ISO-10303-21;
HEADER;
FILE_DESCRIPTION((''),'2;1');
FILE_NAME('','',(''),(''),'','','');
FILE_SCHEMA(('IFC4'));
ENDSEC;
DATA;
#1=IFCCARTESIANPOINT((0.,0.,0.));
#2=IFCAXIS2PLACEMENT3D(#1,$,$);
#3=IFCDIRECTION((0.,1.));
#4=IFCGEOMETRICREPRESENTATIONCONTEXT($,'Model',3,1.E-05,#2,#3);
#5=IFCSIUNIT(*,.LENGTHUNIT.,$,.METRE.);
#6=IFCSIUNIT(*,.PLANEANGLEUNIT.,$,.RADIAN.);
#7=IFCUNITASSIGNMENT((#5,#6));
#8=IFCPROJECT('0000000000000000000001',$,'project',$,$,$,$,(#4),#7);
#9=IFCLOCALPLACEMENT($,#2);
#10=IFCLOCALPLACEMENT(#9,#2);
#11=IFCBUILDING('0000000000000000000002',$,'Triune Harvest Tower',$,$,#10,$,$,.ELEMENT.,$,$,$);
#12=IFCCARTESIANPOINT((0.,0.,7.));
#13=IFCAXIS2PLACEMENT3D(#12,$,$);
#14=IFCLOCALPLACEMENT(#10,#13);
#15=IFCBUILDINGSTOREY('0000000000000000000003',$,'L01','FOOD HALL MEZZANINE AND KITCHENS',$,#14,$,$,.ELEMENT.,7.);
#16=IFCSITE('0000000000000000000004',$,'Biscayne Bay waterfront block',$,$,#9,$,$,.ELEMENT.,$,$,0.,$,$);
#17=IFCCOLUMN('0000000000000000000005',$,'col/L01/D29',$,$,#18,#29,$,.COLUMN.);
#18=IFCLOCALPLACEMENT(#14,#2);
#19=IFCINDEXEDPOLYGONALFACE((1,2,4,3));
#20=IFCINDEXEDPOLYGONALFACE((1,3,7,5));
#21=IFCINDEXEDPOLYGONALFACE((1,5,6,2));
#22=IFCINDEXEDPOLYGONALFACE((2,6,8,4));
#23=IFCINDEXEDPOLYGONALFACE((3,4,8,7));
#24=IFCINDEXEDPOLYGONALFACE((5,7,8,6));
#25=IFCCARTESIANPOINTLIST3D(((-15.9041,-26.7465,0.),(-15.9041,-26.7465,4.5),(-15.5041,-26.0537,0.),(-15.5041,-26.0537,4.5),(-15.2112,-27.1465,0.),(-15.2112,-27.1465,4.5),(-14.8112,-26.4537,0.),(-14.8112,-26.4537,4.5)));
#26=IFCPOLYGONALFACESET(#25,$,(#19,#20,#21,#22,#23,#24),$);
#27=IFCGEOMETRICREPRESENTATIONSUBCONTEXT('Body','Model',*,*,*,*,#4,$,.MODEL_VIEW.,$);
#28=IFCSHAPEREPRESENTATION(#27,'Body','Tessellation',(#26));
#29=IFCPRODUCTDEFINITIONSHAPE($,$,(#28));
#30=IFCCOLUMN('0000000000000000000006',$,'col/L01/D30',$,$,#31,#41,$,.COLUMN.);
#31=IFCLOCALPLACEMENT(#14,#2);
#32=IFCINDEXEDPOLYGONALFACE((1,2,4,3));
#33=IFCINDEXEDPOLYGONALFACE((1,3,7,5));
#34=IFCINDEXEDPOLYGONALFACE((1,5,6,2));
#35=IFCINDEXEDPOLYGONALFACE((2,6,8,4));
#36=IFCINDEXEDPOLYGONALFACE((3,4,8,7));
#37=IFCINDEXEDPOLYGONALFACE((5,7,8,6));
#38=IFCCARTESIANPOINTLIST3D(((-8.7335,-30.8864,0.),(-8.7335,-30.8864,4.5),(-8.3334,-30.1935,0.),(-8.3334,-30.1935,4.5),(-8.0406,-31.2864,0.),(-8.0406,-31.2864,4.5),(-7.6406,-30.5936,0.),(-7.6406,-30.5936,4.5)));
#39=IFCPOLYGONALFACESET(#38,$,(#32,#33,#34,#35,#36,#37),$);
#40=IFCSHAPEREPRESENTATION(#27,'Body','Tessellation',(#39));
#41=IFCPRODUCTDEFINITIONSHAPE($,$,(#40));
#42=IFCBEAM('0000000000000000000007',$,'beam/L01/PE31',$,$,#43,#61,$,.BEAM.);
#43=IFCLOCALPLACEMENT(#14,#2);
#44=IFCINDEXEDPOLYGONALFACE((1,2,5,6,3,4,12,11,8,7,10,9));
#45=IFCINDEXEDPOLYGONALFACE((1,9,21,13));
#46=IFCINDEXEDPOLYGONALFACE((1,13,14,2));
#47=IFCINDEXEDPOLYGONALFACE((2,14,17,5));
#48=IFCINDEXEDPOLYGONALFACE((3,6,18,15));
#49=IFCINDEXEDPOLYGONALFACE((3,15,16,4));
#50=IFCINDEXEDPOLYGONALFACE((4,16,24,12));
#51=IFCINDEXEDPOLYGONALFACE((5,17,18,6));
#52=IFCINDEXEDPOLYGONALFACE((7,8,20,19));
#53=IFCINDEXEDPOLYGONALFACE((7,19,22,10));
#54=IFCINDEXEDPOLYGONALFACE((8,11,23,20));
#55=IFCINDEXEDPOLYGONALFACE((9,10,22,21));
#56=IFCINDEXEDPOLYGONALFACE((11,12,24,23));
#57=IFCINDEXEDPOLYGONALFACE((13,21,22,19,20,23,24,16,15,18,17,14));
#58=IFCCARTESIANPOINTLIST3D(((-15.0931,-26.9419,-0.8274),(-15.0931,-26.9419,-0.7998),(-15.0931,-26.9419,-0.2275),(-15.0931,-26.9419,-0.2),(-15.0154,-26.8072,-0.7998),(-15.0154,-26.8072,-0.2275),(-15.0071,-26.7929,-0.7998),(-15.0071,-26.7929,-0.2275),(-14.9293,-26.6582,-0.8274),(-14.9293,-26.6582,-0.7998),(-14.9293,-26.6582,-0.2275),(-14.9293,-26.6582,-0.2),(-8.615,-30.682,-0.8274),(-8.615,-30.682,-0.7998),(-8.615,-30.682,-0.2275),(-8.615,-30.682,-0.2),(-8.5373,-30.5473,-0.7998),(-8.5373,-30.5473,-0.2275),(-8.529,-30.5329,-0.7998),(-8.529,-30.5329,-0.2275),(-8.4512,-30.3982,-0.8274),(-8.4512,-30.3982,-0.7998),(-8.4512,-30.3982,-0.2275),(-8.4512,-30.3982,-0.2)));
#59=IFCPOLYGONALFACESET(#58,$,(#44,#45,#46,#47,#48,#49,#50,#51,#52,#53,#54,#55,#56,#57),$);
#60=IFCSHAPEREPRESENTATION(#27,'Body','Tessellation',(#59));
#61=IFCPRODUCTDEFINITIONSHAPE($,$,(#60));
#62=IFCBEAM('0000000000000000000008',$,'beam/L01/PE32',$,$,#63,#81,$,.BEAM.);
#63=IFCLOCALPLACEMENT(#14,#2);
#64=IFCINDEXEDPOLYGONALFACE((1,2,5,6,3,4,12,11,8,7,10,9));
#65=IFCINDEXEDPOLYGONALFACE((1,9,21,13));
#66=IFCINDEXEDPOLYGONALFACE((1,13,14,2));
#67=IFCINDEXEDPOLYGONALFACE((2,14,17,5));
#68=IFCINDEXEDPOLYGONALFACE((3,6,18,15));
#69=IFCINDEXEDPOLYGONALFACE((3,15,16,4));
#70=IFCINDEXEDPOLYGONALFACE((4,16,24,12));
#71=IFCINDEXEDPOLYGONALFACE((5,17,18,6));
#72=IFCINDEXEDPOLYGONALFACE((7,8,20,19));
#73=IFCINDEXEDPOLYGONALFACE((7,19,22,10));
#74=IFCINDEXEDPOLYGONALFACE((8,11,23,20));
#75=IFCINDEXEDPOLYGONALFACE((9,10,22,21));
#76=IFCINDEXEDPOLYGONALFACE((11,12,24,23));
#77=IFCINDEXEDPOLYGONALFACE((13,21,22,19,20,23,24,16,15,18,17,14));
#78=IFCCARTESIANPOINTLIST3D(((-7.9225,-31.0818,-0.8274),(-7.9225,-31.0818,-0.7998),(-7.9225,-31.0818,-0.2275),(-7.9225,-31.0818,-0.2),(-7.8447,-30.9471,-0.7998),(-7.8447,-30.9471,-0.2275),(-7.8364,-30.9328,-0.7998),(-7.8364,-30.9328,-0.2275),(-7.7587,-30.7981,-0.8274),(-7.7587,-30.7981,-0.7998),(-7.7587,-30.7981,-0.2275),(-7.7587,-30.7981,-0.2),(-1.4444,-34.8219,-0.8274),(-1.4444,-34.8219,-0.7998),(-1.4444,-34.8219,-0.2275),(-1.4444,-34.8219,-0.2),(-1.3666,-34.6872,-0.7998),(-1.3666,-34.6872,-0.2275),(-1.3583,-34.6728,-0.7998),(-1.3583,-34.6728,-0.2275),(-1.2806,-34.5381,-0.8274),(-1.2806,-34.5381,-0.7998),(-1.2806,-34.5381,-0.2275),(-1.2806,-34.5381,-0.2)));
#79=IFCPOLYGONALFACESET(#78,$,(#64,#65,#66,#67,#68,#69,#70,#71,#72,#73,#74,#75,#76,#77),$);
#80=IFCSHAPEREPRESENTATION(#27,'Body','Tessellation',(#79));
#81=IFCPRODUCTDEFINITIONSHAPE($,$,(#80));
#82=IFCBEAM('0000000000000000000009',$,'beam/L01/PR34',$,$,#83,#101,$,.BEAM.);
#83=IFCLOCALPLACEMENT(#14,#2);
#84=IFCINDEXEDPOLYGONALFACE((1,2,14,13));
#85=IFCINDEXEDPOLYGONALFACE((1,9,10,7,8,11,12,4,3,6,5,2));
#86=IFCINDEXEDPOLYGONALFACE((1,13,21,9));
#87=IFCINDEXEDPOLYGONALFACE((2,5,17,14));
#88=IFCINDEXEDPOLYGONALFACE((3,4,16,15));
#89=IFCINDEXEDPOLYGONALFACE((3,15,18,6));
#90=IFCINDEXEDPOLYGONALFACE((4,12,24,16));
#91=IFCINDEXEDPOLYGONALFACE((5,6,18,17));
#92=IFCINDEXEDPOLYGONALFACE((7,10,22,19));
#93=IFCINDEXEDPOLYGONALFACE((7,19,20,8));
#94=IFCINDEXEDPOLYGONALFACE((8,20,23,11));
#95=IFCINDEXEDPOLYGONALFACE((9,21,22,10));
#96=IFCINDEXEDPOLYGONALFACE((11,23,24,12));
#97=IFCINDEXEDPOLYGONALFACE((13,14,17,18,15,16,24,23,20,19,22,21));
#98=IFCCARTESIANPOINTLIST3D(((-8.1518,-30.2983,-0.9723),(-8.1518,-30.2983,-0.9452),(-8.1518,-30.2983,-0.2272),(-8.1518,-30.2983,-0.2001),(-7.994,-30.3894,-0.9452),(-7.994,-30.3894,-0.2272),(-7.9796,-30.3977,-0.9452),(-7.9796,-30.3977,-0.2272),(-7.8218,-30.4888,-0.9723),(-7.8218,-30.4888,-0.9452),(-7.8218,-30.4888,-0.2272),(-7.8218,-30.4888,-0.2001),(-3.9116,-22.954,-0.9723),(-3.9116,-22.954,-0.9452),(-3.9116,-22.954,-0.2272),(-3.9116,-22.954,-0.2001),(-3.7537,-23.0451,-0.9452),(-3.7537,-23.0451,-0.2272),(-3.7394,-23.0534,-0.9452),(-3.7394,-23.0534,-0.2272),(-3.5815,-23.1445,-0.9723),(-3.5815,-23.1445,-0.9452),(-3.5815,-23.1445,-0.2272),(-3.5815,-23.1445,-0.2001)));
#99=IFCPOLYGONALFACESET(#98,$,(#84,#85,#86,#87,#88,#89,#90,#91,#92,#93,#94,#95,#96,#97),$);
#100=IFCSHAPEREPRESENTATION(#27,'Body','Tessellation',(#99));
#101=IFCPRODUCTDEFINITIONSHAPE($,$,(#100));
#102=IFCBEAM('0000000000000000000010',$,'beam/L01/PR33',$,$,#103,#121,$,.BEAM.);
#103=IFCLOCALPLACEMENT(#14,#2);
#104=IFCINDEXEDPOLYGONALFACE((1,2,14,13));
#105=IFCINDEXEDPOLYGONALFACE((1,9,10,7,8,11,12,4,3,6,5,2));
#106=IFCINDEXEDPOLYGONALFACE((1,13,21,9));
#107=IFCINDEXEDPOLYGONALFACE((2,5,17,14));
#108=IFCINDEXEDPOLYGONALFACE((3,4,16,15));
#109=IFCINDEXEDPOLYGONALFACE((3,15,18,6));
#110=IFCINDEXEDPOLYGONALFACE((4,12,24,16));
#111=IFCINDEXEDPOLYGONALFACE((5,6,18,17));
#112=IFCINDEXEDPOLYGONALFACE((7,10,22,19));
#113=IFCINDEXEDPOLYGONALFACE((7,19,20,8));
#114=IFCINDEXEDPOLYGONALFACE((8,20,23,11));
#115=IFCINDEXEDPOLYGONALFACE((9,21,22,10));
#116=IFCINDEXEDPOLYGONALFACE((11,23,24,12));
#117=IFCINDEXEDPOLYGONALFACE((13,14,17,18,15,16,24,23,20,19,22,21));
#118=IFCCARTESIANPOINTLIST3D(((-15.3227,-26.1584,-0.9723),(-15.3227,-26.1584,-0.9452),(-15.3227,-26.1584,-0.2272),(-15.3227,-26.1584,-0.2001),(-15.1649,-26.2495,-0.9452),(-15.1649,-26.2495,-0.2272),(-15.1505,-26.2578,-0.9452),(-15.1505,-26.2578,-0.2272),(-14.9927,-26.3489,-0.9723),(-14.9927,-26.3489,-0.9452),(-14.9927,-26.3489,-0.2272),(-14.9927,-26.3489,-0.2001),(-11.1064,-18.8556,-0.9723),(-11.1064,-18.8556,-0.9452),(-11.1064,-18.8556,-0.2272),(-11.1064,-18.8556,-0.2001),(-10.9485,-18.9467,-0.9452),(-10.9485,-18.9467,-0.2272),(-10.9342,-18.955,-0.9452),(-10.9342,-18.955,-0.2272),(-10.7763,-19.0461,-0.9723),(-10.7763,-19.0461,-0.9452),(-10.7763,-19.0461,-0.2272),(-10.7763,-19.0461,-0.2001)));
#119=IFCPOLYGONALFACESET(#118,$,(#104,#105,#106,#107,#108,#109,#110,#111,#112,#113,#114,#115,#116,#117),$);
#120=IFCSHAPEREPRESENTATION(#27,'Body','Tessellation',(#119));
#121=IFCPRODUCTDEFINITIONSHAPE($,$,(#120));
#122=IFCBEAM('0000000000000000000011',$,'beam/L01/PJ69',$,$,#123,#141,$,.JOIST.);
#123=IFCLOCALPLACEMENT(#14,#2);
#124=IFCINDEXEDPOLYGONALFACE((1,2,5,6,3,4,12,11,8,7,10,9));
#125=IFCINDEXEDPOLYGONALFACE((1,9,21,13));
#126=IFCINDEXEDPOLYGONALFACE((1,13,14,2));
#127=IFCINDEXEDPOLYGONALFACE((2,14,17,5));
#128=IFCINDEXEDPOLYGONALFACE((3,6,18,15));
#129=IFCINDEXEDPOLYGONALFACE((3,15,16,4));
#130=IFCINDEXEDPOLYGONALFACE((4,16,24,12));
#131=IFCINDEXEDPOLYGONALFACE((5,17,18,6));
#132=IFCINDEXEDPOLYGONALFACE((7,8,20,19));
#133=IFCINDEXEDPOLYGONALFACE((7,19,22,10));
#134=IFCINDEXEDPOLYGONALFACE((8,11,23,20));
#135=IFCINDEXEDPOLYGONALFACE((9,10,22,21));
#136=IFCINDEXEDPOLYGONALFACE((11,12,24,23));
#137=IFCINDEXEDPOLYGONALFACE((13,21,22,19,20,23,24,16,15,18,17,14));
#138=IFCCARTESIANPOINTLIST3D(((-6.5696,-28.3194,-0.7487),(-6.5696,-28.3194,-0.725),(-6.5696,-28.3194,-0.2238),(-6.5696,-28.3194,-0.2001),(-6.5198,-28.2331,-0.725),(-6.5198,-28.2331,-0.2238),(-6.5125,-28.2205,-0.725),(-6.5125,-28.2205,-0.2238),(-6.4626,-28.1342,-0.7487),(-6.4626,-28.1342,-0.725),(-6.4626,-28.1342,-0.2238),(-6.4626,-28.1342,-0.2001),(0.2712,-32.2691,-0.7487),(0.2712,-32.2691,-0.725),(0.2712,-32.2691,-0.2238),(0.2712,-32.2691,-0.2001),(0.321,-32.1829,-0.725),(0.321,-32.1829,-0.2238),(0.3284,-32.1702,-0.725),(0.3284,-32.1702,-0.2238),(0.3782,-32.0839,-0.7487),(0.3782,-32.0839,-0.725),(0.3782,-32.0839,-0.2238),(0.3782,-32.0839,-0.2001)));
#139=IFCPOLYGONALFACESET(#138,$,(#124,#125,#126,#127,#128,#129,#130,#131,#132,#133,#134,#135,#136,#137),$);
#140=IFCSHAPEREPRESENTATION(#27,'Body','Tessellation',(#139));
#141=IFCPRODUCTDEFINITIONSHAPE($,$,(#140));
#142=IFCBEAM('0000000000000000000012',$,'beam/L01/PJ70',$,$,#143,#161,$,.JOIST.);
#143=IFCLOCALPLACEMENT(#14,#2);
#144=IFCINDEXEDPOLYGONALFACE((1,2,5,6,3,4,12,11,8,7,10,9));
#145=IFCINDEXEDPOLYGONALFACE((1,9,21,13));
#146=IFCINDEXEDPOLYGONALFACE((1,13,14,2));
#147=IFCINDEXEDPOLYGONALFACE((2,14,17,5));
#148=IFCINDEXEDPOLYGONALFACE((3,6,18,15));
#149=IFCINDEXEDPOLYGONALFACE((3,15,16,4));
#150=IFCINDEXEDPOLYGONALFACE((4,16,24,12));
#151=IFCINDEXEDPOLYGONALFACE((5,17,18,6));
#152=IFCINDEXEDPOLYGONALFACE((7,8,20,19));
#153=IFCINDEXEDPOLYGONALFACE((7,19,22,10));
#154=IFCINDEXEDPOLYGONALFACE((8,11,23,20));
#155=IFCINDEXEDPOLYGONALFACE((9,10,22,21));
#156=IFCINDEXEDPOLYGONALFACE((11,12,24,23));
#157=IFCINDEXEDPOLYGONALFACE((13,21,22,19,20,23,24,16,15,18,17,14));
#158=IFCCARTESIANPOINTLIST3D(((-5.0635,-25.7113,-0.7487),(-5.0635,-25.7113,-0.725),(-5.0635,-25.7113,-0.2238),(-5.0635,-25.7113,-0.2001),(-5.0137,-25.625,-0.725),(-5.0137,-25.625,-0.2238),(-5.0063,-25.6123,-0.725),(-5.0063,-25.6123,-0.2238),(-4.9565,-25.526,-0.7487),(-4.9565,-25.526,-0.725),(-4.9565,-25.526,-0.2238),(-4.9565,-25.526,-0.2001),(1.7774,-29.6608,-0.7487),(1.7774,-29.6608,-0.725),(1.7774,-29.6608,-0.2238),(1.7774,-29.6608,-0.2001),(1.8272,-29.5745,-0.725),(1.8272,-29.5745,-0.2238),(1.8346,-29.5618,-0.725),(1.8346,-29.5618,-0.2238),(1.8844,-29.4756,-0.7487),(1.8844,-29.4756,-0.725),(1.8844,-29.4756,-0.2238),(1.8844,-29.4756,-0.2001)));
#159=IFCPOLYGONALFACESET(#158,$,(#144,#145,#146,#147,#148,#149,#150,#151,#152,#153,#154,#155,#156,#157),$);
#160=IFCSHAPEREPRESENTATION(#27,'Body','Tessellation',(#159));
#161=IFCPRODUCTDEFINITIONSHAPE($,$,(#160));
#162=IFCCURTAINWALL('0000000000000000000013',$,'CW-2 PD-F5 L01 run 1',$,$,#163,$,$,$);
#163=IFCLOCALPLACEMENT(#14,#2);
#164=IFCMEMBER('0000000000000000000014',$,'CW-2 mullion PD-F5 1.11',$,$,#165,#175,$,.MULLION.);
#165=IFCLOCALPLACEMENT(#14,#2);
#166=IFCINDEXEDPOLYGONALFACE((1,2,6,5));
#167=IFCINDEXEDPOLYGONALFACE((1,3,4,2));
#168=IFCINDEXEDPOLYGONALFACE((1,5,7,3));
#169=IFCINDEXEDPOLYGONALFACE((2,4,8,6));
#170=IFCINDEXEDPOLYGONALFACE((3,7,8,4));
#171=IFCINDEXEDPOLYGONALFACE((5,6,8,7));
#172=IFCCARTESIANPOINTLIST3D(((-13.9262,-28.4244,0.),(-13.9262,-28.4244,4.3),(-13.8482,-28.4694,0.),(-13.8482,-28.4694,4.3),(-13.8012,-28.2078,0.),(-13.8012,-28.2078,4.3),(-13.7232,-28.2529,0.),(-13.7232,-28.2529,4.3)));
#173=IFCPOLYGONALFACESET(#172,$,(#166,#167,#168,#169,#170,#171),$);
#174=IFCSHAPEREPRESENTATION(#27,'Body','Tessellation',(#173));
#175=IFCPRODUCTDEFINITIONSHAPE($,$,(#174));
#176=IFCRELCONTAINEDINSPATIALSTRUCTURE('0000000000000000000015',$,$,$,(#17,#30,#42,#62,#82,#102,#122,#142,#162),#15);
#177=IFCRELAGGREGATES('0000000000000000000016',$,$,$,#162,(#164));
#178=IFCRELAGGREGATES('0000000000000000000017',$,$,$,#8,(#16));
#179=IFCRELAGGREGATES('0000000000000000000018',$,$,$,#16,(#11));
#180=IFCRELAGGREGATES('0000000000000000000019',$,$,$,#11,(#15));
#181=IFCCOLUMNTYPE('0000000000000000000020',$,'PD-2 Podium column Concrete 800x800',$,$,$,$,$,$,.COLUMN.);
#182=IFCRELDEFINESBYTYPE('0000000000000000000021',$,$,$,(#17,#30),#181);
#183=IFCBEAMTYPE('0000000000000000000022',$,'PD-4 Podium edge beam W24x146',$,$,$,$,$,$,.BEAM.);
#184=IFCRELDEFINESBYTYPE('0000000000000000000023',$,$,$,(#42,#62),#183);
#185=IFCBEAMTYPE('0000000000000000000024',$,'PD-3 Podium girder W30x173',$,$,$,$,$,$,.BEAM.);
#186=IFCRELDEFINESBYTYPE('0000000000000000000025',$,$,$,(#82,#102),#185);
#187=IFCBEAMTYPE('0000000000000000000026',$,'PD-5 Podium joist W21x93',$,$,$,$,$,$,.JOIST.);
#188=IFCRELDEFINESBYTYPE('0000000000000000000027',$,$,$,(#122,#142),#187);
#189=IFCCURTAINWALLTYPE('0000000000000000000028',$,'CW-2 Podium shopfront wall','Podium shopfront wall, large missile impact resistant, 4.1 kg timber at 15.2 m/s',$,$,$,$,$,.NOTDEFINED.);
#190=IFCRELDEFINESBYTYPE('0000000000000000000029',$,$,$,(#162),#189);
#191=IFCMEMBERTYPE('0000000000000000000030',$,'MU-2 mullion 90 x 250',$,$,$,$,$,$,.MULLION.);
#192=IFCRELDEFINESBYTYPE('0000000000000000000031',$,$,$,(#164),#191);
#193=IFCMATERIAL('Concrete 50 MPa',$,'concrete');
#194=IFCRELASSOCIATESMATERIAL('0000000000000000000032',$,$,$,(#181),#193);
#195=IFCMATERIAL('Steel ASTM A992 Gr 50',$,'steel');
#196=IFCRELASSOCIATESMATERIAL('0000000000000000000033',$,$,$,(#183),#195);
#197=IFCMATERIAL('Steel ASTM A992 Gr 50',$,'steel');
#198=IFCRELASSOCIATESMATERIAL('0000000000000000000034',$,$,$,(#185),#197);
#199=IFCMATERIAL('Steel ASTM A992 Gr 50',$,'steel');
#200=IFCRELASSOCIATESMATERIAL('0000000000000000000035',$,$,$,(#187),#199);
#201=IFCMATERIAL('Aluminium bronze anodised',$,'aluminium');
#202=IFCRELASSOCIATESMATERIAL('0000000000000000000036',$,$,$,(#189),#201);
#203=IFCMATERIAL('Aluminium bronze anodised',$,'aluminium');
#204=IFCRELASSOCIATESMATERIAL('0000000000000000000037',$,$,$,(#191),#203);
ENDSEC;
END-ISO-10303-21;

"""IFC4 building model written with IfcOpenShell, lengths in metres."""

from ifc_helpers import new_model, si_unit, direction, frame, origin, origin_2d, place, context, subcontext, project, spatial, rectangle, i_section, extrude, source, transform, mapped, material, material_profile, profile_set, type_object, element, aggregate, save


model = new_model("IFC4")

# Units and contexts
model_context = context("Model", 3, precision=1e-05, world=origin(), true_north=direction((0.0, 1.0)))
body_context = subcontext(model_context, "Body", "Model", "MODEL_VIEW")
ifc_project = project(units=[si_unit("LENGTHUNIT", "METRE"), si_unit("PLANEANGLEUNIT", "RADIAN")], contexts=[model_context])

# Site, building, storey
site_placement = place(None, origin())
site = spatial("IfcSite", under=ifc_project, at=site_placement, Name="Biscayne Bay waterfront block", CompositionType="ELEMENT", RefElevation=0.0)
building_placement = place(site_placement, origin())
building = spatial("IfcBuilding", under=site, at=building_placement, Name="Triune Harvest Tower", CompositionType="ELEMENT")
storey_placement = place(building_placement, frame((0.0, 0.0, 7.0)))
storey = spatial("IfcBuildingStorey", under=building, at=storey_placement, Name="L01", Description="FOOD HALL MEZZANINE AND KITCHENS", CompositionType="ELEMENT", Elevation=7.0)

# Columns
ifc_material_1 = material(Name="Concrete 50 MPa", Category="concrete")
ifc_material_profile_1 = material_profile(ifc_material_1, rectangle(XDim=0.8, YDim=0.8, at=origin_2d()), Name="Concrete 800x800")
ifc_profile_set_1 = profile_set([ifc_material_profile_1], Name="Concrete 50 MPa")
column_type = type_object("IfcColumnType", Name="PD-2 Podium column Concrete 800x800", PredefinedType="COLUMN", material=ifc_profile_set_1)
shared_shape_1 = source(origin(), body_context, "Body", "SweptSolid", [
    extrude(rectangle(XDim=0.8, YDim=0.8, at=origin_2d()), origin(), (0.0, 0.0, 1.0), 4.5),
])
for number, where, z_axis, x_axis, name in (
    (1, (-15.3577, -26.6001, 0.0), (0.0, 0.0, 1.0), (0.866025, -0.5, 0.0), "col/L01/D29"),
    (2, (-8.187, -30.74, 0.0), (0.0, 0.0, 1.0), (0.866025, -0.5, 0.0), "col/L01/D30"),
):
    element("IfcColumn", number, at=place(storey_placement, frame(where, z_axis=z_axis, x_axis=x_axis)), inside=storey, type_object=column_type, Name=name, PredefinedType="COLUMN", context=body_context, shape_type="MappedRepresentation", body=[
        mapped(shared_shape_1, transform((0.0, 0.0, 0.0), scale=1.0)),
    ])

# Beams
ifc_material_2 = material(Name="Steel ASTM A992 Gr 50", Category="steel")
ifc_material_profile_2 = material_profile(ifc_material_2, i_section(OverallWidth=0.3276, OverallDepth=0.6274, WebThickness=0.0166, FlangeThickness=0.0276, at=origin_2d()), Name="W24x146")
ifc_profile_set_2 = profile_set([ifc_material_profile_2], Name="Steel ASTM A992 Gr 50")
beam_type_1 = type_object("IfcBeamType", Name="PD-4 Podium edge beam W24x146", PredefinedType="BEAM", material=ifc_profile_set_2)
shared_shape_2 = source(origin(), body_context, "Body", "SweptSolid", [
    extrude(i_section(OverallWidth=0.3276, OverallDepth=0.6274, WebThickness=0.0166, FlangeThickness=0.0276, at=origin_2d()), origin(), (0.0, 0.0, 1.0), 7.4802),
])
for number, where, z_axis, x_axis, name in (
    (3, (-15.0112, -26.8, -0.5137), (0.866031, -0.49999, 0.0), (0.49999, 0.866031, 0.0), "beam/L01/PE31"),
    (4, (-7.8406, -30.9399, -0.5137), (0.866031, -0.49999, 0.0), (0.49999, 0.866031, 0.0), "beam/L01/PE32"),
):
    element("IfcBeam", number, at=place(storey_placement, frame(where, z_axis=z_axis, x_axis=x_axis)), inside=storey, type_object=beam_type_1, Name=name, PredefinedType="BEAM", context=body_context, shape_type="MappedRepresentation", body=[
        mapped(shared_shape_2, transform((0.0, 0.0, 0.0), scale=1.0)),
    ])
ifc_material_3 = material(Name="Steel ASTM A992 Gr 50", Category="steel")
ifc_material_profile_3 = material_profile(ifc_material_3, i_section(OverallWidth=0.3811, OverallDepth=0.7722, WebThickness=0.0166, FlangeThickness=0.0271, at=origin_2d()), Name="W30x173")
ifc_profile_set_3 = profile_set([ifc_material_profile_3], Name="Steel ASTM A992 Gr 50")
beam_type_2 = type_object("IfcBeamType", Name="PD-3 Podium girder W30x173", PredefinedType="BEAM", material=ifc_profile_set_3)
shared_shape_3 = source(origin(), body_context, "Body", "SweptSolid", [
    extrude(i_section(OverallWidth=0.3811, OverallDepth=0.7722, WebThickness=0.0166, FlangeThickness=0.0271, at=origin_2d()), origin(), (0.0, 0.0, 1.0), 8.4805),
])
beam_1_placement = place(storey_placement, frame((-7.9868, -30.3936, -0.5862), z_axis=(0.500003, 0.866024, 0.0), x_axis=(-0.866024, 0.500003, 0.0)))
element("IfcBeam", 5, at=beam_1_placement, inside=storey, type_object=beam_type_2, Name="beam/L01/PR34", PredefinedType="BEAM", context=body_context, shape_type="MappedRepresentation", body=[
    mapped(shared_shape_3, transform((0.0, 0.0, 0.0), scale=1.0)),
])
shared_shape_4 = source(origin(), body_context, "Body", "SweptSolid", [
    extrude(i_section(OverallWidth=0.3811, OverallDepth=0.7722, WebThickness=0.0166, FlangeThickness=0.0271, at=origin_2d()), origin(), (0.0, 0.0, 1.0), 8.4326),
])
beam_2_placement = place(storey_placement, frame((-15.1577, -26.2537, -0.5862), z_axis=(0.500006, 0.866022, 0.0), x_axis=(-0.866022, 0.500006, 0.0)))
element("IfcBeam", 6, at=beam_2_placement, inside=storey, type_object=beam_type_2, Name="beam/L01/PR33", PredefinedType="BEAM", context=body_context, shape_type="MappedRepresentation", body=[
    mapped(shared_shape_4, transform((0.0, 0.0, 0.0), scale=1.0)),
])
ifc_material_4 = material(Name="Steel ASTM A992 Gr 50", Category="steel")
ifc_material_profile_4 = material_profile(ifc_material_4, i_section(OverallWidth=0.2139, OverallDepth=0.5486, WebThickness=0.0146, FlangeThickness=0.0237, at=origin_2d()), Name="W21x93")
ifc_profile_set_4 = profile_set([ifc_material_profile_4], Name="Steel ASTM A992 Gr 50")
beam_type_3 = type_object("IfcBeamType", Name="PD-5 Podium joist W21x93", PredefinedType="JOIST", material=ifc_profile_set_4)
shared_shape_5 = source(origin(), body_context, "Body", "SweptSolid", [
    extrude(i_section(OverallWidth=0.2139, OverallDepth=0.5486, WebThickness=0.0146, FlangeThickness=0.0237, at=origin_2d()), origin(), (0.0, 0.0, 1.0), 7.8992),
])
for number, where, z_axis, x_axis, name in (
    (7, (-6.5161, -28.2268, -0.4744), (0.866017, -0.500015, 0.0), (0.500015, 0.866017, 0.0), "beam/L01/PJ69"),
    (8, (-5.01, -25.6187, -0.4744), (0.86603, -0.499992, 0.0), (0.499992, 0.86603, 0.0), "beam/L01/PJ70"),
):
    element("IfcBeam", number, at=place(storey_placement, frame(where, z_axis=z_axis, x_axis=x_axis)), inside=storey, type_object=beam_type_3, Name=name, PredefinedType="JOIST", context=body_context, shape_type="MappedRepresentation", body=[
        mapped(shared_shape_5, transform((0.0, 0.0, 0.0), scale=1.0)),
    ])

# Curtain wall, member
ifc_material_5 = material(Name="Aluminium bronze anodised", Category="aluminium")
curtain_wall_type = type_object("IfcCurtainWallType", Name="CW-2 Podium shopfront wall", Description="Podium shopfront wall, large missile impact resistant, 4.1 kg timber at 15.2 m/s", PredefinedType="NOTDEFINED", material=ifc_material_5)
curtain_wall_placement = place(storey_placement, origin())
curtain_wall = element("IfcCurtainWall", 9, at=curtain_wall_placement, inside=storey, type_object=curtain_wall_type, Name="CW-2 PD-F5 L01 run 1")
ifc_material_6 = material(Name="Aluminium bronze anodised", Category="aluminium")
ifc_material_profile_5 = material_profile(ifc_material_6, rectangle(XDim=0.25, YDim=0.0901, at=origin_2d()), Name="MU-2 mullion 90 x 250")
ifc_profile_set_5 = profile_set([ifc_material_profile_5], Name="Aluminium bronze anodised")
member_type_1 = type_object("IfcMemberType", Name="MU-2 mullion 90 x 250", PredefinedType="MULLION", material=ifc_profile_set_5)
shared_shape_6 = source(origin(), body_context, "Body", "SweptSolid", [
    extrude(rectangle(XDim=0.25, YDim=0.0901, at=origin_2d()), origin(), (0.0, 0.0, 1.0), 4.3),
])
member_1_placement = place(storey_placement, frame((-13.8247, -28.3386, 0.0), z_axis=(0.0, 0.0, 1.0), x_axis=(0.5, 0.866025, 0.0)))
member_1 = element("IfcMember", 10, at=member_1_placement, type_object=member_type_1, Name="CW-2 mullion PD-F5 1.11", PredefinedType="MULLION", context=body_context, shape_type="MappedRepresentation", body=[
    mapped(shared_shape_6, transform((0.0, 0.0, 0.0), scale=1.0)),
])
aggregate(curtain_wall, [member_1])

save(model, "model.ifc")
